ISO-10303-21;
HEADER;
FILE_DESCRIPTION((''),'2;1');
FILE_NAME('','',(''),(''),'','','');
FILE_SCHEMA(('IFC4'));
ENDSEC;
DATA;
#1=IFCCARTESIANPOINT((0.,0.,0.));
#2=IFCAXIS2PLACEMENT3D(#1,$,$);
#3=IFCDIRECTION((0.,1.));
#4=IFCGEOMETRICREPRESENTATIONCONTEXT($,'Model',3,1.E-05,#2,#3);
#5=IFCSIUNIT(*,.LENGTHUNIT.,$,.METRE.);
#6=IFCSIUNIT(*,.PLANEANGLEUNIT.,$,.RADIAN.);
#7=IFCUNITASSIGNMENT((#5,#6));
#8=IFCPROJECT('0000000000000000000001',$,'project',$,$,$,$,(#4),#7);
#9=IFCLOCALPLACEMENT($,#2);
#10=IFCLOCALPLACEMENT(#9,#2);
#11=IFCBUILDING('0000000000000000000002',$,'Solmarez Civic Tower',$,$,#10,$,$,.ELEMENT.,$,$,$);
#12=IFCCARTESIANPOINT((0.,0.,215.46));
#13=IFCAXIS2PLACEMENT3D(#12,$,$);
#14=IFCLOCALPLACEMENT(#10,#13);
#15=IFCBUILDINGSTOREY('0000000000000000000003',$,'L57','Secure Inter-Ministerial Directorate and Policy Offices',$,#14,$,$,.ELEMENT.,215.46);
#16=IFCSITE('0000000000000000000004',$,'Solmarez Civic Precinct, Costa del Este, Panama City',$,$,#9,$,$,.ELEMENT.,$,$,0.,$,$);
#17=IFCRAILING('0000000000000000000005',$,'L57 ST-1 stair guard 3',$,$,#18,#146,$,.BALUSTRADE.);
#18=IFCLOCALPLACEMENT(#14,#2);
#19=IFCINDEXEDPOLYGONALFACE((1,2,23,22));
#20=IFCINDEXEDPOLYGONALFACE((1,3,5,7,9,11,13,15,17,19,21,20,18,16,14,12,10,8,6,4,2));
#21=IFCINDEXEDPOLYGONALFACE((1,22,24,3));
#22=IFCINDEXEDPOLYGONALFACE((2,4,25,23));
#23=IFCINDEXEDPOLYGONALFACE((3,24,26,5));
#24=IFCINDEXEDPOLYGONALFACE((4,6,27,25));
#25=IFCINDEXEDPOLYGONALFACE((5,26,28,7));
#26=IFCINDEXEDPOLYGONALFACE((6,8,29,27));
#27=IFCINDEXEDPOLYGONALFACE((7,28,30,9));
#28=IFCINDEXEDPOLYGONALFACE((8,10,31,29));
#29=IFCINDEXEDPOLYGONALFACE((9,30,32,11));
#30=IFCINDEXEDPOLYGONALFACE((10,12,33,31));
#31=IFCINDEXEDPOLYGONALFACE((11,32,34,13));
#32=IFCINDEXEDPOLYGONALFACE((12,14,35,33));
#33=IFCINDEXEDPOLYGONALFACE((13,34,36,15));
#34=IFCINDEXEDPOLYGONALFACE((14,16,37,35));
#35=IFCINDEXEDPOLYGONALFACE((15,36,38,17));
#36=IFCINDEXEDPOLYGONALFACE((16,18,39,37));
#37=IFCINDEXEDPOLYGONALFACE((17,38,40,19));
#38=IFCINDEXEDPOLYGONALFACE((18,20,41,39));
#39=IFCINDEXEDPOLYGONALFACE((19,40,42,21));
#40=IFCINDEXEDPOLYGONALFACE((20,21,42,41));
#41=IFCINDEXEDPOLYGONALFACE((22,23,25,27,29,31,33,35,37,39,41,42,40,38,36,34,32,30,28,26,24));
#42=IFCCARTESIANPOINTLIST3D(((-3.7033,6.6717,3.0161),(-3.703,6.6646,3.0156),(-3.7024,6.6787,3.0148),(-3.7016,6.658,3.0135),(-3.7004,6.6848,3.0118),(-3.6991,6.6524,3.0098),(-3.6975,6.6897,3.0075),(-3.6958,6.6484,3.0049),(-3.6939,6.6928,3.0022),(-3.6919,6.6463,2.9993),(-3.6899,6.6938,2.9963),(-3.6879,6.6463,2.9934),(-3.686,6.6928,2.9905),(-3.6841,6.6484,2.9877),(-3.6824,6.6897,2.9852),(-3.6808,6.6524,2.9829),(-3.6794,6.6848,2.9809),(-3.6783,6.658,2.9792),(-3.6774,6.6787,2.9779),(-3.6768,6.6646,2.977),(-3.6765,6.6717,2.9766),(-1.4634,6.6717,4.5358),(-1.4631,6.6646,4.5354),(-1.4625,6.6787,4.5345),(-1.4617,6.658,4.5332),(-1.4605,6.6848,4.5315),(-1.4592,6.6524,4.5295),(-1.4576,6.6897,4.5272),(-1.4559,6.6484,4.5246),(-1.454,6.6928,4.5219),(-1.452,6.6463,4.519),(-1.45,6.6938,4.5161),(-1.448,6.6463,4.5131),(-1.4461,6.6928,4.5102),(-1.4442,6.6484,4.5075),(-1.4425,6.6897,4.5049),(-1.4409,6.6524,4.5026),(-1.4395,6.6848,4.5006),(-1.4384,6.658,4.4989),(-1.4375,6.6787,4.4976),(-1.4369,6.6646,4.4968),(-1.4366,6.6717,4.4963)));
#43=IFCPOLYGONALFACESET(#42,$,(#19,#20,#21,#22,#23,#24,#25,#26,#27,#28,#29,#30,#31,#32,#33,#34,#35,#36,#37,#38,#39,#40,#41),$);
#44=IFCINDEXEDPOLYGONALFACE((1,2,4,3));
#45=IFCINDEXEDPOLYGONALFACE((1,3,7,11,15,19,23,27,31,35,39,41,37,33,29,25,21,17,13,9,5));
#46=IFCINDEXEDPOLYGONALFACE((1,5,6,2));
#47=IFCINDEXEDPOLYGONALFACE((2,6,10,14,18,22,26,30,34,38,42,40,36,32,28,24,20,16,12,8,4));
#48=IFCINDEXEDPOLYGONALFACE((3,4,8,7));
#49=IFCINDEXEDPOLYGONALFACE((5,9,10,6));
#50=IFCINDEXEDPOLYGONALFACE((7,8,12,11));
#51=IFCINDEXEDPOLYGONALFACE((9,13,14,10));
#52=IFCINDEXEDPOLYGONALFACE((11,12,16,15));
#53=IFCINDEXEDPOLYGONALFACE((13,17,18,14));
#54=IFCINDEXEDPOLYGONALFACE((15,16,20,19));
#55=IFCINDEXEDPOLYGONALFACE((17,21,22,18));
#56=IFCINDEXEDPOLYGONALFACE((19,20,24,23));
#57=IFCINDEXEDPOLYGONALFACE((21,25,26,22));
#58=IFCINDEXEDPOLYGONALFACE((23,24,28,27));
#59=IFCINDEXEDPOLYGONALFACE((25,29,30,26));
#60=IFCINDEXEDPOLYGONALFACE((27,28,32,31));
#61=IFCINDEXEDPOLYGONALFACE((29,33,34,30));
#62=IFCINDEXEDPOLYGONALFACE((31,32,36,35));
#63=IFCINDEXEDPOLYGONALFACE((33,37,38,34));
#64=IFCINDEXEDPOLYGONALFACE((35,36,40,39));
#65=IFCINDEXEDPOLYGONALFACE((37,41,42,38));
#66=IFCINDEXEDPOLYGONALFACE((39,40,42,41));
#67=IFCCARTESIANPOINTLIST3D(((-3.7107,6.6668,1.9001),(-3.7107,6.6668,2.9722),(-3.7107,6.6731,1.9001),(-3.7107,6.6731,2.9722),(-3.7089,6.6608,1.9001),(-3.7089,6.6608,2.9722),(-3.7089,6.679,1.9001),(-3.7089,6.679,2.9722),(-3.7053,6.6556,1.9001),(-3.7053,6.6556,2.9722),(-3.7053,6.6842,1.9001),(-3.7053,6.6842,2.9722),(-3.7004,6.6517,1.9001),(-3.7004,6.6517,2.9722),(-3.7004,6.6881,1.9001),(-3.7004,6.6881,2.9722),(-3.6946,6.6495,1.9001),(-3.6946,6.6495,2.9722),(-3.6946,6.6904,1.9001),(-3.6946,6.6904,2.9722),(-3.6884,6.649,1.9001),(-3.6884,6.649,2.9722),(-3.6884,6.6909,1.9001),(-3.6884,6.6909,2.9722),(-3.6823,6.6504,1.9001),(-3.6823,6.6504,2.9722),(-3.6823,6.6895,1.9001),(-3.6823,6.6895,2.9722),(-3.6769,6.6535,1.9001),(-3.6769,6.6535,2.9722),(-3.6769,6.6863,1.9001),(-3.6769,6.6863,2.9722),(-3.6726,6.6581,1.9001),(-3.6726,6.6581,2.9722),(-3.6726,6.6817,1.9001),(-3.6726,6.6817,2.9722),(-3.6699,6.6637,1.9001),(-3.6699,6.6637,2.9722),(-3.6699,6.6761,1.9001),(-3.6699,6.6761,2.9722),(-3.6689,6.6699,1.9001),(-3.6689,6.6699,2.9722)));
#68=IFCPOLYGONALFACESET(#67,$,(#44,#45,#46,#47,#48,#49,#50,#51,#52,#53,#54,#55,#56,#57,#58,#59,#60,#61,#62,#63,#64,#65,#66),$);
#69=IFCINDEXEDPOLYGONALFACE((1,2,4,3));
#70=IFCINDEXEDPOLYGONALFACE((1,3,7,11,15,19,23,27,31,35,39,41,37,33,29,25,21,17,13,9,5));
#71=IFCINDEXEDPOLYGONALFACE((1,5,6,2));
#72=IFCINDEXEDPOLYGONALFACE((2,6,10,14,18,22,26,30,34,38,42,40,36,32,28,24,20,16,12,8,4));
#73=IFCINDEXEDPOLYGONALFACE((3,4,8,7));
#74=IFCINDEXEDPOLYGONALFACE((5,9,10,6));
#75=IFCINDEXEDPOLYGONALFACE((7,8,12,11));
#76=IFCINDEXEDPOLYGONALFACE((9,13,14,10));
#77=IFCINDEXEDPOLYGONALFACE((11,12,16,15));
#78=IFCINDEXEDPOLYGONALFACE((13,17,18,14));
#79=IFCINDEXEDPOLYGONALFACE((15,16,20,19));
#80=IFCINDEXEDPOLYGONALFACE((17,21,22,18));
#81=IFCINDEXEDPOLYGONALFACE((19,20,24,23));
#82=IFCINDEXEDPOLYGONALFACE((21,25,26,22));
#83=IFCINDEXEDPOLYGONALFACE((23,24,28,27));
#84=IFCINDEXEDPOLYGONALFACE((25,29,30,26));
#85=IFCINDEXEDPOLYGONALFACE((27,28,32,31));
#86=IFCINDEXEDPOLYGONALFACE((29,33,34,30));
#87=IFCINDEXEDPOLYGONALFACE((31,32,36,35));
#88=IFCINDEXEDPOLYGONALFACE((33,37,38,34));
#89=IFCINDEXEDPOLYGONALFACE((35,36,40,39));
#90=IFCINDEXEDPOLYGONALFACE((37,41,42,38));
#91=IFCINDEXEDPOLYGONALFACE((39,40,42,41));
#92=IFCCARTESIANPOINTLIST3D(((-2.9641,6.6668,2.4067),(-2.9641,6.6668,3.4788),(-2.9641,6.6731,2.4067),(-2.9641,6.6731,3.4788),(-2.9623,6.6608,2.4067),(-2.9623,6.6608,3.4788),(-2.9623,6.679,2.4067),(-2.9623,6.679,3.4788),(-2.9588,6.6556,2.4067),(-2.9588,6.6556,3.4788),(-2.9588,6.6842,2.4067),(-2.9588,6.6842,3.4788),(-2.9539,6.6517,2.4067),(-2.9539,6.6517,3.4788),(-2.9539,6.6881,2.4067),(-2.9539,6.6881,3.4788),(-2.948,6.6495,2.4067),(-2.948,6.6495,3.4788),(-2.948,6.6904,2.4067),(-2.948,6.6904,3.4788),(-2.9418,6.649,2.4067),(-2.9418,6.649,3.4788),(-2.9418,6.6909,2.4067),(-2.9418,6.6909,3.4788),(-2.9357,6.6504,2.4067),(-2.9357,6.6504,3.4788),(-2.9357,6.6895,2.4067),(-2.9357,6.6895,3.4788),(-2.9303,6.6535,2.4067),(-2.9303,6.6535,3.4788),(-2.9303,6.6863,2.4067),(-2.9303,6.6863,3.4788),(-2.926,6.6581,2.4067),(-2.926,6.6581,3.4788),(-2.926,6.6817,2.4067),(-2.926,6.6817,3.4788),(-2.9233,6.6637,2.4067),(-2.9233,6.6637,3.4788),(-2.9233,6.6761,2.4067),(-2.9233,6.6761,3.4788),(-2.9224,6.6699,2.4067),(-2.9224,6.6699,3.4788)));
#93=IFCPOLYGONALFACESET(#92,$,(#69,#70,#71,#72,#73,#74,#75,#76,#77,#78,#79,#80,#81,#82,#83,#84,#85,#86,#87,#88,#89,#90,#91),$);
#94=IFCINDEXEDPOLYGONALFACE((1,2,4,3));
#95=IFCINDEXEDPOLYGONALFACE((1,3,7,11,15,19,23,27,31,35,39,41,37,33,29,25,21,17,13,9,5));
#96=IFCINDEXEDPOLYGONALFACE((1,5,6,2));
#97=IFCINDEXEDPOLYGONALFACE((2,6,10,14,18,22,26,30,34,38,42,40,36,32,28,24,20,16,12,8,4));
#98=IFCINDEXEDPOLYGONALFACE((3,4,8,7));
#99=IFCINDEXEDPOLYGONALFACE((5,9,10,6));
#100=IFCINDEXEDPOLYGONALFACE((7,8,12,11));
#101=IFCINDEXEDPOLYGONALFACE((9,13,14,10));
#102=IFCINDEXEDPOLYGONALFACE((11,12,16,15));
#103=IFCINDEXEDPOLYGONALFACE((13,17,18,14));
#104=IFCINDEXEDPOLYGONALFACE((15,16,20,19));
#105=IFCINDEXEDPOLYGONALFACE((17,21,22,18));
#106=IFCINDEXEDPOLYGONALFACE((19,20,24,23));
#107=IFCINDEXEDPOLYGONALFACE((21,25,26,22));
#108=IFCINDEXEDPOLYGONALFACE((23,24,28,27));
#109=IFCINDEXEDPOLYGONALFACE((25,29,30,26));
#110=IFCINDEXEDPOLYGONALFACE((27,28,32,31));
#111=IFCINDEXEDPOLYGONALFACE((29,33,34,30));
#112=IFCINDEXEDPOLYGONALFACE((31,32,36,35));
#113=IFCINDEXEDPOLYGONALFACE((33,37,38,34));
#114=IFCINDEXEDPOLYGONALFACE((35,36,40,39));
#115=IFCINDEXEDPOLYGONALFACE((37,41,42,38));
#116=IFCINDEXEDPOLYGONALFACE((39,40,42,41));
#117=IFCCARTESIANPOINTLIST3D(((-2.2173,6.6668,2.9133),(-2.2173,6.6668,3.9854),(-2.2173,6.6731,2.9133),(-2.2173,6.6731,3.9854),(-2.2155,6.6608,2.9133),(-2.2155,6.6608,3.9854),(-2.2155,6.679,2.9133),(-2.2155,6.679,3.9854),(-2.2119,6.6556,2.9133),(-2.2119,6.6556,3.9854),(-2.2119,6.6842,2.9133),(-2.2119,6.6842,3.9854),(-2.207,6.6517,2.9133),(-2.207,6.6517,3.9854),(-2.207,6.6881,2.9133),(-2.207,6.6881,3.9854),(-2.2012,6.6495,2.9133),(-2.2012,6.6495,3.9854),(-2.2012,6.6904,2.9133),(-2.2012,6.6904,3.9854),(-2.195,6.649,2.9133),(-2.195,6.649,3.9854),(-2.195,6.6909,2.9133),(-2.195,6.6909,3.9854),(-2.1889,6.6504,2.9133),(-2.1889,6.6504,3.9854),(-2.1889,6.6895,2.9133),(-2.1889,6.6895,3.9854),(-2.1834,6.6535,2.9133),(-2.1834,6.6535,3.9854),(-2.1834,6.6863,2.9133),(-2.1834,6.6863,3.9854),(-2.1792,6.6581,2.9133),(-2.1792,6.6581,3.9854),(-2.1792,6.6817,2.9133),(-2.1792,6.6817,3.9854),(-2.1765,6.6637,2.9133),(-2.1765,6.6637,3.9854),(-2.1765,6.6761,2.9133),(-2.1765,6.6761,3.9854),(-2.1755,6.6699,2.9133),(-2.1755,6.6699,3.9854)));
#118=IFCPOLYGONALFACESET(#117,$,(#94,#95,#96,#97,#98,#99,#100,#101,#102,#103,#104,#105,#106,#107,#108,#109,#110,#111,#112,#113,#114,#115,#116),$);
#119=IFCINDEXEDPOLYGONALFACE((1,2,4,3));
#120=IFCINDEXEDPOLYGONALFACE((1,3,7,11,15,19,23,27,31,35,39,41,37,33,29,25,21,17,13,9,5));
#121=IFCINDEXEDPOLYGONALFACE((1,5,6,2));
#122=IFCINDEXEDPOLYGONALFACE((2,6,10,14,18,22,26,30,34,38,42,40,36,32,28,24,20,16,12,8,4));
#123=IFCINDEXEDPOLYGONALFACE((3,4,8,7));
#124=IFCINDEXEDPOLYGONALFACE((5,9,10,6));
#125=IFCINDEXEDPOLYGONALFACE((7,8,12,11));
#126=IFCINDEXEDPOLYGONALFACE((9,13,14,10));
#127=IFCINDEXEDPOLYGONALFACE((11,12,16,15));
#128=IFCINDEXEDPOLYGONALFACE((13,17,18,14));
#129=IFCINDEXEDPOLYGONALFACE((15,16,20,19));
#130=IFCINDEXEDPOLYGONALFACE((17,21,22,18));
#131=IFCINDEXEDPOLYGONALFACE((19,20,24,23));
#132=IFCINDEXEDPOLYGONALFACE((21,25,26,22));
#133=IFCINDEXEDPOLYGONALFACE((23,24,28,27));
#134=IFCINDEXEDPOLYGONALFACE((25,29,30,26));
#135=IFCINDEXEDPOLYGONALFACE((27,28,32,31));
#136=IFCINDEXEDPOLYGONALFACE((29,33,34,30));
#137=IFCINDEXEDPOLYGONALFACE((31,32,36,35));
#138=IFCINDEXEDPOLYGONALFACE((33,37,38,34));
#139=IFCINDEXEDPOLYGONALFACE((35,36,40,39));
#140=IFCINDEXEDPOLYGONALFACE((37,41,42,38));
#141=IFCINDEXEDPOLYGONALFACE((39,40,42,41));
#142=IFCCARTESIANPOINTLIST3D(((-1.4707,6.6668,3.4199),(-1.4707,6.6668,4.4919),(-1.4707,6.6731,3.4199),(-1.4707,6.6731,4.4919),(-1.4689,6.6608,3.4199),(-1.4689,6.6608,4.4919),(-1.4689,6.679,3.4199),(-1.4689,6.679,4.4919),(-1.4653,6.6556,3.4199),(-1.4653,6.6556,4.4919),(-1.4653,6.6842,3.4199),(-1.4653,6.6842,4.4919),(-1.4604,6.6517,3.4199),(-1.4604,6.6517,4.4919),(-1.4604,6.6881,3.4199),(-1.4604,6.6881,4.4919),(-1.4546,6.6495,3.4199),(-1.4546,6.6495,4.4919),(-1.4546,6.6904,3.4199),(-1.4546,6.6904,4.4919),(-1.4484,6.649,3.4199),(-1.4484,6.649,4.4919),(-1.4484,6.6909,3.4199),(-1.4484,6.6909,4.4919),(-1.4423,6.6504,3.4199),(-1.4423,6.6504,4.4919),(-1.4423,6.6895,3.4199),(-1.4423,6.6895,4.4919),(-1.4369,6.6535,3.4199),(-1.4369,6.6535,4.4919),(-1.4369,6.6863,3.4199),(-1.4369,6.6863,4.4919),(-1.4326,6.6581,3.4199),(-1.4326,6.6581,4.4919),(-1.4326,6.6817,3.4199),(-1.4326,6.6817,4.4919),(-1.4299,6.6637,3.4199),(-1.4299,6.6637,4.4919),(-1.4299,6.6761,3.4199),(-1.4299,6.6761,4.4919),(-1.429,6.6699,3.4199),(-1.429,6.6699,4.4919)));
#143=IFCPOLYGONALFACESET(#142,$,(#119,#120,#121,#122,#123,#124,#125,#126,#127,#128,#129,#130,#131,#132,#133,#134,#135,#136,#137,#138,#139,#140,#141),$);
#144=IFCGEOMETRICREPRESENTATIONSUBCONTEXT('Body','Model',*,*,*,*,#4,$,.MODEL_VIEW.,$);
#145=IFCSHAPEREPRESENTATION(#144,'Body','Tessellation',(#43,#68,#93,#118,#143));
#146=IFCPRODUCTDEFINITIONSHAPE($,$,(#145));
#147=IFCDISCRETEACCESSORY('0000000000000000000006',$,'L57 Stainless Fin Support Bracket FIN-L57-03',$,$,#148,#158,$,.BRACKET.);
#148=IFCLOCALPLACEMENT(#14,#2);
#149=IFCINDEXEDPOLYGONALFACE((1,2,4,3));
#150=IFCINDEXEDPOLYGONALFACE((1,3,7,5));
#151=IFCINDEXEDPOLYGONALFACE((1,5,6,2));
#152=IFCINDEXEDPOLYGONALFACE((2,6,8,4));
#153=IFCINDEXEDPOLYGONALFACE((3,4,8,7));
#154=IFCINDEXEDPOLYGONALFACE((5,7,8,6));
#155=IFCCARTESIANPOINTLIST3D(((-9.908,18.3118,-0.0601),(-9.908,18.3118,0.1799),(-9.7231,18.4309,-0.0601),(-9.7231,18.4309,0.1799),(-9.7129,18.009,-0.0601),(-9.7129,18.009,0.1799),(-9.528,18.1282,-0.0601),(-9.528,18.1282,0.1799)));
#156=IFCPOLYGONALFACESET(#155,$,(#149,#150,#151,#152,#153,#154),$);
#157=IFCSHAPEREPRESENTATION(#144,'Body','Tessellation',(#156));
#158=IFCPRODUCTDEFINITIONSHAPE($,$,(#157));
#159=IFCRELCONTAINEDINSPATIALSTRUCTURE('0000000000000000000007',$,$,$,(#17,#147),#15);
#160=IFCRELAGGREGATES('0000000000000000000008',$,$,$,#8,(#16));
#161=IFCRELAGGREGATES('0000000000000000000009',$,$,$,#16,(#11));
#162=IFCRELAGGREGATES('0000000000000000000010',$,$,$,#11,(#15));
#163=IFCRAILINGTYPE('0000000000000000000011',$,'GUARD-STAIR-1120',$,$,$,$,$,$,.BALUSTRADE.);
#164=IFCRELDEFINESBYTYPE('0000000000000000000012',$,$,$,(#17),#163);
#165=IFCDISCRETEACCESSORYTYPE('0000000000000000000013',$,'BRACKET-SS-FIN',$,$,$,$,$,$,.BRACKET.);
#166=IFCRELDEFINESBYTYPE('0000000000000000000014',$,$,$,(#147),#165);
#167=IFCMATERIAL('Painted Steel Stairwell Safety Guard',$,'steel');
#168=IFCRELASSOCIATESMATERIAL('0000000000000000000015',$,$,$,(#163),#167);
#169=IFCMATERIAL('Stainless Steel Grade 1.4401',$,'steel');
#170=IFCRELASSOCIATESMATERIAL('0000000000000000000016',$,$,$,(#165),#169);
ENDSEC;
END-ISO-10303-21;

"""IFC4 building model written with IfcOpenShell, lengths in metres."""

from ifc_helpers import new_model, si_unit, direction, frame, origin, origin_2d, place, context, subcontext, project, spatial, rectangle, circle, extrude, material, type_object, element, save


model = new_model("IFC4")

# Units and contexts
model_context = context("Model", 3, precision=1e-05, world=origin(), true_north=direction((0.0, 1.0)))
body_context = subcontext(model_context, "Body", "Model", "MODEL_VIEW")
ifc_project = project(units=[si_unit("LENGTHUNIT", "METRE"), si_unit("PLANEANGLEUNIT", "RADIAN")], contexts=[model_context])

# Site, building, storey
site_placement = place(None, origin())
site = spatial("IfcSite", under=ifc_project, at=site_placement, Name="Solmarez Civic Precinct, Costa del Este, Panama City", CompositionType="ELEMENT", RefElevation=0.0)
building_placement = place(site_placement, origin())
building = spatial("IfcBuilding", under=site, at=building_placement, Name="Solmarez Civic Tower", CompositionType="ELEMENT")
storey_placement = place(building_placement, frame((0.0, 0.0, 215.46)))
storey = spatial("IfcBuildingStorey", under=building, at=storey_placement, Name="L57", Description="Secure Inter-Ministerial Directorate and Policy Offices", CompositionType="ELEMENT", Elevation=215.46)

# Railing
ifc_material_1 = material(Name="Painted Steel Stairwell Safety Guard", Category="steel")
railing_type = type_object("IfcRailingType", Name="GUARD-STAIR-1120", PredefinedType="BALUSTRADE", material=ifc_material_1)
railing_1_placement = place(storey_placement, frame((-3.6899, 6.6699, 1.9001)))
element("IfcRailing", 1, at=railing_1_placement, inside=storey, type_object=railing_type, Name="L57 ST-1 stair guard 3", PredefinedType="BALUSTRADE", context=body_context, shape_type="SweptSolid", body=[
    extrude(circle(Radius=0.0239, at=origin_2d()), frame((0.0, 0.0, 1.0962), z_axis=(0.827513, 0.0, 0.561446), x_axis=(0.0, 1.0, 0.0)), (0.0, 0.0, 1.0), 2.7068),
    extrude(circle(Radius=0.021, at=origin_2d()), origin(), (0.0, 0.0, 1.0), 1.072),
    extrude(circle(Radius=0.021, at=origin_2d()), frame((0.7466, 0.0, 0.5066)), (0.0, 0.0, 1.0), 1.072),
    extrude(circle(Radius=0.021, at=origin_2d()), frame((1.4934, 0.0, 1.0132)), (0.0, 0.0, 1.0), 1.072),
    extrude(circle(Radius=0.021, at=origin_2d()), frame((2.24, 0.0, 1.5198)), (0.0, 0.0, 1.0), 1.072),
])

# Discrete accessory
ifc_material_2 = material(Name="Stainless Steel Grade 1.4401", Category="steel")
discrete_accessory_type = type_object("IfcDiscreteAccessoryType", Name="BRACKET-SS-FIN", PredefinedType="BRACKET", material=ifc_material_2)
discrete_accessory_placement = place(storey_placement, frame((-9.718, 18.22, -0.0601), z_axis=(0.0, 0.0, 1.0), x_axis=(-0.541647, 0.840606, 0.0)))
element("IfcDiscreteAccessory", 2, at=discrete_accessory_placement, inside=storey, type_object=discrete_accessory_type, Name="L57 Stainless Fin Support Bracket FIN-L57-03", PredefinedType="BRACKET", context=body_context, shape_type="SweptSolid", body=[
    extrude(rectangle(XDim=0.3601, YDim=0.22, at=origin_2d()), origin(), (0.0, 0.0, 1.0), 0.24),
])

save(model, "model.ifc")
